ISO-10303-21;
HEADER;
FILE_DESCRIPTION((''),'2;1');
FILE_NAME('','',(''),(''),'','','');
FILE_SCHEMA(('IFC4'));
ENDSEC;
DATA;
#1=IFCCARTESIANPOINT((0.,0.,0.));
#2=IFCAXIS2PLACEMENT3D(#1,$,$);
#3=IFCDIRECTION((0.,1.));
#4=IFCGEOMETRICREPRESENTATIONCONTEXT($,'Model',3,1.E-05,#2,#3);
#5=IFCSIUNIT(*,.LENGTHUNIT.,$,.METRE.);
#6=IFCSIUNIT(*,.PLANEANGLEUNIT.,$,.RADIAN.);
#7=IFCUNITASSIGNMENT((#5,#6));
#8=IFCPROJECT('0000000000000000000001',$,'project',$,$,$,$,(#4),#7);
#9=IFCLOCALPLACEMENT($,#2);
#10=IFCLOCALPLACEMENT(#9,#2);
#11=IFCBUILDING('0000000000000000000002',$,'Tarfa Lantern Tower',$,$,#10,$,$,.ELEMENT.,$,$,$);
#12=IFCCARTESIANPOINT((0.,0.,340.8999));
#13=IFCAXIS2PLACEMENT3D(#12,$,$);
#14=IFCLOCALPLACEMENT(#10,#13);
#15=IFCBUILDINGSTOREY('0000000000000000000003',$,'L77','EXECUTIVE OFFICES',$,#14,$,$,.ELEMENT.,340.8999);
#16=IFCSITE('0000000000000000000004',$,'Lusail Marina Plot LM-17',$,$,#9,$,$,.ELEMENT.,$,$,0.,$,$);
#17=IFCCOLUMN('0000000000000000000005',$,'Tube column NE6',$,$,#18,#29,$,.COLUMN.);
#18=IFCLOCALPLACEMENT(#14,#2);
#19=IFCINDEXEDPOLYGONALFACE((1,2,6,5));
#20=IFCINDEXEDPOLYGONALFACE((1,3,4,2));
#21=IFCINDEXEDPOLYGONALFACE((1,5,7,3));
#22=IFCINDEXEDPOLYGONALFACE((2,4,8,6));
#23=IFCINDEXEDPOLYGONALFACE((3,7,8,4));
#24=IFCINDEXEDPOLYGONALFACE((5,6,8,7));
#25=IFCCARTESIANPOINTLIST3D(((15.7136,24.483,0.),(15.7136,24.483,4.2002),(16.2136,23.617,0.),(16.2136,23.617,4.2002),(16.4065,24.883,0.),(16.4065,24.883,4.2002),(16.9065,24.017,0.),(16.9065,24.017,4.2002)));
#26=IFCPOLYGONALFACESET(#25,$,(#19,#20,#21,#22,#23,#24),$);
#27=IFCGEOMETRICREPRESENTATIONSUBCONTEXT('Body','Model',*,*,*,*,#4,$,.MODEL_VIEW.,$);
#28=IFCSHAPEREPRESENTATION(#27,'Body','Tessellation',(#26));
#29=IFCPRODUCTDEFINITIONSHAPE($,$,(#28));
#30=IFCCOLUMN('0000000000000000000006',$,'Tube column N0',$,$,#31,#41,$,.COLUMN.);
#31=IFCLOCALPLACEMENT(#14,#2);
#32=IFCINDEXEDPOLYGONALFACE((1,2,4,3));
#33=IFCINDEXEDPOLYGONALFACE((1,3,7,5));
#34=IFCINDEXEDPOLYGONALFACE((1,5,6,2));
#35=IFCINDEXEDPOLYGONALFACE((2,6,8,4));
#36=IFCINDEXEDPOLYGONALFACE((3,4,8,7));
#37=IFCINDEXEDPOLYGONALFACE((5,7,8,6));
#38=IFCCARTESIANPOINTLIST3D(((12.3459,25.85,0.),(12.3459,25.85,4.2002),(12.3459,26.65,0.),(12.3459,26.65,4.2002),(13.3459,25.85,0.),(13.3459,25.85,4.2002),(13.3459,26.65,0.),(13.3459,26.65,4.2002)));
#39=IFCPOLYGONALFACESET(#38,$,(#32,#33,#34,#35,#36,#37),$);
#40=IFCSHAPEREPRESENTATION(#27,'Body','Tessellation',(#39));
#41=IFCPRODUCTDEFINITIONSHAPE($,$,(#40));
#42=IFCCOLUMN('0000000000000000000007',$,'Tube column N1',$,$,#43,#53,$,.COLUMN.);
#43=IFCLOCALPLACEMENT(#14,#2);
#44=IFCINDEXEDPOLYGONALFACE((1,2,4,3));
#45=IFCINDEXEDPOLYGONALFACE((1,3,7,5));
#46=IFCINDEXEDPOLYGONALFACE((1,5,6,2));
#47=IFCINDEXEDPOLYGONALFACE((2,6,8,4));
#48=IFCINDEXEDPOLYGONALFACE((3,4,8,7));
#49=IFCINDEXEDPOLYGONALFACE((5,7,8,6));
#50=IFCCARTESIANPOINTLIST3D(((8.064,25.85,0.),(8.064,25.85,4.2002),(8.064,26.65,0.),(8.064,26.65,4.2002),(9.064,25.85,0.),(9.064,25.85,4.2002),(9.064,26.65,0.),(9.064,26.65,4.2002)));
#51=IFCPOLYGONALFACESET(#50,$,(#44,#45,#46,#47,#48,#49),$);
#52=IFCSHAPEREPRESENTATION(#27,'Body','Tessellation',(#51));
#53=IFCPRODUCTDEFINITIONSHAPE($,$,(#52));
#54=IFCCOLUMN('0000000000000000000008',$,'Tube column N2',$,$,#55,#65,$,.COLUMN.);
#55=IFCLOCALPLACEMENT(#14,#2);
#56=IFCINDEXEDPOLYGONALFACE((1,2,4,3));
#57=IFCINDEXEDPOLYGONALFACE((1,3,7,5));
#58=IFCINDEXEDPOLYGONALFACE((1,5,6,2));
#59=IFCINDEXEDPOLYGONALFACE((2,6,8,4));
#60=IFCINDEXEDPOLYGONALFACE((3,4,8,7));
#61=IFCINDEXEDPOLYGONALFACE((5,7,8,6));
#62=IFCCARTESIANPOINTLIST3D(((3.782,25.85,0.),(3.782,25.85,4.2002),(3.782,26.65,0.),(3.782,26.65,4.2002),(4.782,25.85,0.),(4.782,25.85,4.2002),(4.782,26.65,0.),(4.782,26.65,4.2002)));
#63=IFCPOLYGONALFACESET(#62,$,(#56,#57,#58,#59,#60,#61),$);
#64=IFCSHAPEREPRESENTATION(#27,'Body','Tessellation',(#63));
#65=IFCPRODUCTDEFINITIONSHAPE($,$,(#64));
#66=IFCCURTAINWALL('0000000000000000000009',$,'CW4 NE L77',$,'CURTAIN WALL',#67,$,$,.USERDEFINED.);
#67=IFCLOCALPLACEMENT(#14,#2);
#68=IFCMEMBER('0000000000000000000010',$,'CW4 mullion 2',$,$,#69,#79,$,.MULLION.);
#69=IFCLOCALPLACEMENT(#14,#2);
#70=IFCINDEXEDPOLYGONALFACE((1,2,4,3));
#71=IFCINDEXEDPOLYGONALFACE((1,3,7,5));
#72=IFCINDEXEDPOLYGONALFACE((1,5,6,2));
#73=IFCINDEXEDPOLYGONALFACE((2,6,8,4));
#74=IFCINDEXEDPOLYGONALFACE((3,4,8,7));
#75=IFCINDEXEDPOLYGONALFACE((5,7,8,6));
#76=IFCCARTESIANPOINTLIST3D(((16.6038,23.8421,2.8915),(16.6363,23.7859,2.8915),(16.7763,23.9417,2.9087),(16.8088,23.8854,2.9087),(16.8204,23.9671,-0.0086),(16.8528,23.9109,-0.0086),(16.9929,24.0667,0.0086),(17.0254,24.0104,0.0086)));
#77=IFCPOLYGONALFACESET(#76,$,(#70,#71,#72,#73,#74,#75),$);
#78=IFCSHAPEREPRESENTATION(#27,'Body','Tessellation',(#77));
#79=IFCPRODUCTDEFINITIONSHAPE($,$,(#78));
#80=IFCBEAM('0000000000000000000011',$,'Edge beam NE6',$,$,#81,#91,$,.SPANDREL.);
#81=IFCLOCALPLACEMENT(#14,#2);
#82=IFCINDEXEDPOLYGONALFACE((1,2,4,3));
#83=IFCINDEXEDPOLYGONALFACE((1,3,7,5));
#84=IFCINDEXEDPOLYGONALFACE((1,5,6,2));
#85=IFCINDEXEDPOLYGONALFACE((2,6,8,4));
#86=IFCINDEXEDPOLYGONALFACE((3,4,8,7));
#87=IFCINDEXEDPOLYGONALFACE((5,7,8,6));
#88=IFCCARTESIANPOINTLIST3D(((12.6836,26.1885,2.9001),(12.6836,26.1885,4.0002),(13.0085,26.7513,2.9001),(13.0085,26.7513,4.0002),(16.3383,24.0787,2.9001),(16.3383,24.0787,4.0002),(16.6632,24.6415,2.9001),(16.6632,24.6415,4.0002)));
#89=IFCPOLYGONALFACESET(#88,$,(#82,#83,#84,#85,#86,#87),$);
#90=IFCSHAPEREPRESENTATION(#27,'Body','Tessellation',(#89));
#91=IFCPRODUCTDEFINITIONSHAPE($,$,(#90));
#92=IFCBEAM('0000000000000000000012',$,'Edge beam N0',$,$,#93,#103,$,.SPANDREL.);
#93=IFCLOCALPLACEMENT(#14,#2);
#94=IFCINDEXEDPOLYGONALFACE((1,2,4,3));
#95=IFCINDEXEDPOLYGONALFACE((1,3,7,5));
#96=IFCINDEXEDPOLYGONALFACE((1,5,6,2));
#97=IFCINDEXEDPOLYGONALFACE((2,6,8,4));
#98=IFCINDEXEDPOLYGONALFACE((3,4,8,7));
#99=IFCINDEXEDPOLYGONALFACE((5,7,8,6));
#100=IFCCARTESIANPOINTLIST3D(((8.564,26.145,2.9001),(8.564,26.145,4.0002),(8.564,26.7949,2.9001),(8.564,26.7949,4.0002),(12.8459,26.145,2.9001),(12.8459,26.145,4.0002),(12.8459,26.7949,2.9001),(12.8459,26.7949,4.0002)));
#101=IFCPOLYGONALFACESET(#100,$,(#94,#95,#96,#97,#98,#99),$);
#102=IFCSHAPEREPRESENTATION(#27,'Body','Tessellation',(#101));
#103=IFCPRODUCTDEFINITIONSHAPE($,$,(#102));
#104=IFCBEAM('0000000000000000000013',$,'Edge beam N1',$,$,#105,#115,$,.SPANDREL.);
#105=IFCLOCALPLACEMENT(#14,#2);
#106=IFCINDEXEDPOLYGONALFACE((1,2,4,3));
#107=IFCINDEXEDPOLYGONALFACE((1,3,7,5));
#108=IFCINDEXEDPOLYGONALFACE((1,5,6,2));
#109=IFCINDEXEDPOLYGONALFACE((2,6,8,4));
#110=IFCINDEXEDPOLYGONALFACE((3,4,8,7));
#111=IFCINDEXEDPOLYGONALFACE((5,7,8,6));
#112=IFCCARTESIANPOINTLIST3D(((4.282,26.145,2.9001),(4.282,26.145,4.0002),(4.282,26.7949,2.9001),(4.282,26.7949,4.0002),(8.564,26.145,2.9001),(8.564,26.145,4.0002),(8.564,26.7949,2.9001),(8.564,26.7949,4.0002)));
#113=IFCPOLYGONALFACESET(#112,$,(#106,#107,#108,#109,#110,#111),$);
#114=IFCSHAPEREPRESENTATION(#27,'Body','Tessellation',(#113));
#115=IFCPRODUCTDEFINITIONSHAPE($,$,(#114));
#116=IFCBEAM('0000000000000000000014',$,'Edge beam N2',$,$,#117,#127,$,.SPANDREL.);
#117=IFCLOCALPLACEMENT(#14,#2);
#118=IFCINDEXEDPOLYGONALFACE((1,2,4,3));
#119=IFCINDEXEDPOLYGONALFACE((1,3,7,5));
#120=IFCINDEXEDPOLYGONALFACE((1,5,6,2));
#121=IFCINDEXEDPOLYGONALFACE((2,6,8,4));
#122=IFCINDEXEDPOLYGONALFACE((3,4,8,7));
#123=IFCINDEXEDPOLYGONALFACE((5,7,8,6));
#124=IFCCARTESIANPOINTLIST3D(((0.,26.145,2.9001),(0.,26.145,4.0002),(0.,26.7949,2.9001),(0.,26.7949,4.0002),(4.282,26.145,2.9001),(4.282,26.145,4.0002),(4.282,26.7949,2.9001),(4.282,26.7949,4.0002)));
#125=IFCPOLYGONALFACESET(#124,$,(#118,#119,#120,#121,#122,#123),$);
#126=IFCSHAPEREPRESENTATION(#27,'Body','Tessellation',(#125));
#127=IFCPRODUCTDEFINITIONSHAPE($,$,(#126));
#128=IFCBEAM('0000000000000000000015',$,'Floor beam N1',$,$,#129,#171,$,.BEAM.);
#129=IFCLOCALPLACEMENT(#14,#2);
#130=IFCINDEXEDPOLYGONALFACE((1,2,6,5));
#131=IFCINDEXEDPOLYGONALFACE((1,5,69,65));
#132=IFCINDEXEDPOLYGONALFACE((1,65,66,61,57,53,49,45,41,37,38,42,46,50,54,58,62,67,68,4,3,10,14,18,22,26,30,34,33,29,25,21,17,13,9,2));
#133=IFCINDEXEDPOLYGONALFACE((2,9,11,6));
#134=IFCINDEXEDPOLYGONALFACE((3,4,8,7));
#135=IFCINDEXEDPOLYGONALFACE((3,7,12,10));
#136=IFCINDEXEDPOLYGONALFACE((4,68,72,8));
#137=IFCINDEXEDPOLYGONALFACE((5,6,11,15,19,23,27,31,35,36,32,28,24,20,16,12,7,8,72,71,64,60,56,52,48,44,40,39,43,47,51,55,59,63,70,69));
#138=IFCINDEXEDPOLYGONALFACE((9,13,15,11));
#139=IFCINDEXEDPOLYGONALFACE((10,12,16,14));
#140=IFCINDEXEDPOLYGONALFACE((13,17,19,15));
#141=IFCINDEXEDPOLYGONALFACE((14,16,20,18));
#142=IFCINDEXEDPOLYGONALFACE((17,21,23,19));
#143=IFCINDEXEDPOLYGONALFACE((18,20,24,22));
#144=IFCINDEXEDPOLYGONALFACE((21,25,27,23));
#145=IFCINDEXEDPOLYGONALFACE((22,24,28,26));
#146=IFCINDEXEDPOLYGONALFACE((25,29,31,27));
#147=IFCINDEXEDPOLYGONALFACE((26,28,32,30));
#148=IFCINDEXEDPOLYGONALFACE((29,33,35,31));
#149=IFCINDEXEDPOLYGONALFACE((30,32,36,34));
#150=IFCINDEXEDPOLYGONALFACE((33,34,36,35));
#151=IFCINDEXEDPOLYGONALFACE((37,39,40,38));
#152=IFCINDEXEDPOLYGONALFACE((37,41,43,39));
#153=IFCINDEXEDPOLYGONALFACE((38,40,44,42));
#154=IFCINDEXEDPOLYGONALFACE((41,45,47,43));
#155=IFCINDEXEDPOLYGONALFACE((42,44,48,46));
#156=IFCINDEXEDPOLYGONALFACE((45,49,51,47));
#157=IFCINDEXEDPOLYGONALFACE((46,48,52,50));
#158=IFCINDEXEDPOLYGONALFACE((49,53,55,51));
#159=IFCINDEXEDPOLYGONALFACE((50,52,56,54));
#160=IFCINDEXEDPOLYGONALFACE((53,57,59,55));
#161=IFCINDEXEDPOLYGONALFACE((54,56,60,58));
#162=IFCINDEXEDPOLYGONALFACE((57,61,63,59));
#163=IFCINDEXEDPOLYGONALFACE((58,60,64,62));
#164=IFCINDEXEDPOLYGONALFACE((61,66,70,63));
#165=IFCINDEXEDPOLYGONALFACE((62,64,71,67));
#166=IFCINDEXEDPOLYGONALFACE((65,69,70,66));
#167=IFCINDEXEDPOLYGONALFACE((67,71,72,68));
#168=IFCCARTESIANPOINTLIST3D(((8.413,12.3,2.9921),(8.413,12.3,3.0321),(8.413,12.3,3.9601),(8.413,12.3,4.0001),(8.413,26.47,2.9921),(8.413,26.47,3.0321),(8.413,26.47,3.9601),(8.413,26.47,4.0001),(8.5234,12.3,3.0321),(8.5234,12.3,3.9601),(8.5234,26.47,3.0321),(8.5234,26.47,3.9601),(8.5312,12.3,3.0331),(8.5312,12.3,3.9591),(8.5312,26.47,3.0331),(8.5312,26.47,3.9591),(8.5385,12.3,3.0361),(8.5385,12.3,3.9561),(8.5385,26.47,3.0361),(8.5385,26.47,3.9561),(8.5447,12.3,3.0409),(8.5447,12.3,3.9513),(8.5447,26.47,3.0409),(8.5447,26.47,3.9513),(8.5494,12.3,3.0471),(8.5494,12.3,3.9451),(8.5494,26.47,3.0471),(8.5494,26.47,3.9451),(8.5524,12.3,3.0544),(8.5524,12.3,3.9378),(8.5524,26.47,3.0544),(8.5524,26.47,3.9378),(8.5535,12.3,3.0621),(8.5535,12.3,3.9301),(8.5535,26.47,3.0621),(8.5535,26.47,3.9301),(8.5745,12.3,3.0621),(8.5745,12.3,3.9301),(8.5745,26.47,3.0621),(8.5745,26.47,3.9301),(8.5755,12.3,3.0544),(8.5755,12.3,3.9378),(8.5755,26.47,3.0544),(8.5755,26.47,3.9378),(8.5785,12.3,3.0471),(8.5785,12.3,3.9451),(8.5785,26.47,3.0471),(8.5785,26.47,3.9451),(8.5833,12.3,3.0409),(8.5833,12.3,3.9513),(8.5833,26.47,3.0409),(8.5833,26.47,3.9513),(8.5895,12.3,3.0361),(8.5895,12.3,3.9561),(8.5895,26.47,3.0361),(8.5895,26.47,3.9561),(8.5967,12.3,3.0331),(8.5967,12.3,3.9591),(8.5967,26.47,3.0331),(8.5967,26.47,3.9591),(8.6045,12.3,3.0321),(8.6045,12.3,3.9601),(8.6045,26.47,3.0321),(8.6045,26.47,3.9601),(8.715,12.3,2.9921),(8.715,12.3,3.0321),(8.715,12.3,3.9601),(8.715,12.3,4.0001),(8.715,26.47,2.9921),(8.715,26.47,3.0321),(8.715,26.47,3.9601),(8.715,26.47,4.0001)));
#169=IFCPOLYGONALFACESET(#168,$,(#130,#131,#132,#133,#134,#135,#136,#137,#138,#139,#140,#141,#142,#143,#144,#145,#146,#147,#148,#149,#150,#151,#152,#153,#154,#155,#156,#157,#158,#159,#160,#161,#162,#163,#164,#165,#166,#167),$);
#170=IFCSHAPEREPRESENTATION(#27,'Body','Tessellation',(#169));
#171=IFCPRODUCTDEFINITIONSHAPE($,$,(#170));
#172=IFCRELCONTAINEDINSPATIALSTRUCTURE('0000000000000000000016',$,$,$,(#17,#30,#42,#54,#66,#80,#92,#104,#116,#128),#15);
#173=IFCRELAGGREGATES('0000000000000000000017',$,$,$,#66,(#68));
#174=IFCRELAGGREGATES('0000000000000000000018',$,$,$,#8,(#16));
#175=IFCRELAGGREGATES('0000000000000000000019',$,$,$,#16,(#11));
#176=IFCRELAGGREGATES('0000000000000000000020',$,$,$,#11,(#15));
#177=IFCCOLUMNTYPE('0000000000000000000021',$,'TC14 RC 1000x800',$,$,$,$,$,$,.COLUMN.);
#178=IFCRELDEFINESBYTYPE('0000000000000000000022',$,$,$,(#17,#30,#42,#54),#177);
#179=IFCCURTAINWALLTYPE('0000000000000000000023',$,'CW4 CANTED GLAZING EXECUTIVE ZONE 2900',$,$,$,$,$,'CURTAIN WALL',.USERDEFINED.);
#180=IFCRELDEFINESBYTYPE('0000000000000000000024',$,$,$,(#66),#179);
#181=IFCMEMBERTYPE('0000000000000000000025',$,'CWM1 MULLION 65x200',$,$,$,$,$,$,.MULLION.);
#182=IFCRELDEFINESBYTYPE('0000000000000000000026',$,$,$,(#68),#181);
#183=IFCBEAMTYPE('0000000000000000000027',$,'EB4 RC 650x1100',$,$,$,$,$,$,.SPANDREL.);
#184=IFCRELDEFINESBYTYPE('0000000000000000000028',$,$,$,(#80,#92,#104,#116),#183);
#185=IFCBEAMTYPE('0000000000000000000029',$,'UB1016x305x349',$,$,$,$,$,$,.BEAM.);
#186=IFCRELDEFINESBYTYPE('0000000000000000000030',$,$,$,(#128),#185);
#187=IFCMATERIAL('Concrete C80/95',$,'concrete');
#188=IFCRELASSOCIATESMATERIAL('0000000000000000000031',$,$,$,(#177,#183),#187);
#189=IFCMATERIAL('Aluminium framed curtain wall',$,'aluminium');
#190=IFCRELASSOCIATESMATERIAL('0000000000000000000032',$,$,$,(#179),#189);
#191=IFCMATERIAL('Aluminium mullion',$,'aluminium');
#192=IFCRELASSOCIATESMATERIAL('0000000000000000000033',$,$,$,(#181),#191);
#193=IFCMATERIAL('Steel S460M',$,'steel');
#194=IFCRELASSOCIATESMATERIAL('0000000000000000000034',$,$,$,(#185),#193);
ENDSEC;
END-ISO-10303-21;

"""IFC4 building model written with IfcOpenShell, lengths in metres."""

from ifc_helpers import new_model, si_unit, direction, frame, origin, origin_2d, place, context, subcontext, project, spatial, rectangle, i_section, extrude, material, material_profile, profile_set, type_object, element, aggregate, save


model = new_model("IFC4")

# Units and contexts
model_context = context("Model", 3, precision=1e-05, world=origin(), true_north=direction((0.0, 1.0)))
body_context = subcontext(model_context, "Body", "Model", "MODEL_VIEW")
ifc_project = project(units=[si_unit("LENGTHUNIT", "METRE"), si_unit("PLANEANGLEUNIT", "RADIAN")], contexts=[model_context])

# Site, building, storey
site_placement = place(None, origin())
site = spatial("IfcSite", under=ifc_project, at=site_placement, Name="Lusail Marina Plot LM-17", CompositionType="ELEMENT", RefElevation=0.0)
building_placement = place(site_placement, origin())
building = spatial("IfcBuilding", under=site, at=building_placement, Name="Tarfa Lantern Tower", CompositionType="ELEMENT")
storey_placement = place(building_placement, frame((0.0, 0.0, 340.8999)))
storey = spatial("IfcBuildingStorey", under=building, at=storey_placement, Name="L77", Description="EXECUTIVE OFFICES", CompositionType="ELEMENT", Elevation=340.8999)

# Columns
ifc_material_1 = material(Name="Concrete C80/95", Category="concrete")
ifc_material_profile_1 = material_profile(ifc_material_1, rectangle(XDim=1.0, YDim=0.8, at=origin_2d()), Name="RC 1000x800")
ifc_profile_set_1 = profile_set([ifc_material_profile_1], Name="Concrete C80/95")
column_type = type_object("IfcColumnType", Name="TC14 RC 1000x800", PredefinedType="COLUMN", material=ifc_profile_set_1)
for number, where, z_axis, x_axis, name in (
    (1, (16.3101, 24.25, 0.0), (0.0, 0.0, 1.0), (-0.5, 0.866025, 0.0), "Tube column NE6"),
    (2, (12.8459, 26.25, 0.0), (0.0, 0.0, 1.0), (-1.0, 0.0, 0.0), "Tube column N0"),
    (3, (8.564, 26.25, 0.0), (0.0, 0.0, 1.0), (-1.0, 0.0, 0.0), "Tube column N1"),
    (4, (4.282, 26.25, 0.0), (0.0, 0.0, 1.0), (-1.0, 0.0, 0.0), "Tube column N2"),
):
    element("IfcColumn", number, at=place(storey_placement, frame(where, z_axis=z_axis, x_axis=x_axis)), inside=storey, type_object=column_type, Name=name, PredefinedType="COLUMN", context=body_context, shape_type="SweptSolid", body=[
        extrude(rectangle(XDim=1.0, YDim=0.8, at=origin_2d()), origin(), (0.0, 0.0, 1.0), 4.2002),
    ])

# Curtain wall, member
ifc_material_2 = material(Name="Aluminium framed curtain wall", Category="aluminium")
curtain_wall_type = type_object("IfcCurtainWallType", Name="CW4 CANTED GLAZING EXECUTIVE ZONE 2900", ElementType="CURTAIN WALL", PredefinedType="USERDEFINED", material=ifc_material_2)
curtain_wall_placement = place(storey_placement, origin())
curtain_wall = element("IfcCurtainWall", 5, at=curtain_wall_placement, inside=storey, type_object=curtain_wall_type, Name="CW4 NE L77", ObjectType="CURTAIN WALL", PredefinedType="USERDEFINED")
ifc_material_3 = material(Name="Aluminium mullion", Category="aluminium")
ifc_material_profile_2 = material_profile(ifc_material_3, rectangle(XDim=0.0649, YDim=0.2, at=origin_2d()), Name="AL MULLION 65x200")
ifc_profile_set_2 = profile_set([ifc_material_profile_2], Name="Aluminium mullion")
member_type = type_object("IfcMemberType", Name="CWM1 MULLION 65x200", PredefinedType="MULLION", material=ifc_profile_set_2)
member_placement = place(storey_placement, frame((16.9229, 23.9888, 0.0), z_axis=(-0.074394, -0.042942, 0.996304), x_axis=(0.49992, -0.866072, 0.0)))
member = element("IfcMember", 6, at=member_placement, type_object=member_type, Name="CW4 mullion 2", PredefinedType="MULLION", context=body_context, shape_type="SweptSolid", body=[
    extrude(rectangle(XDim=0.0649, YDim=0.2, at=origin_2d()), origin(), (0.0, 0.0, 1.0), 2.9109),
])

# Beams
ifc_material_profile_3 = material_profile(ifc_material_1, rectangle(XDim=0.6499, YDim=1.1001, at=origin_2d()), Name="RC 650x1100")
ifc_profile_set_3 = profile_set([ifc_material_profile_3], Name="Concrete C80/95")
beam_type_1 = type_object("IfcBeamType", Name="EB4 RC 650x1100", PredefinedType="SPANDREL", material=ifc_profile_set_3)
beam_1_placement = place(storey_placement, frame((16.5007, 24.3601, 3.4502), z_axis=(-0.866049, 0.499959, 0.0), x_axis=(-0.499959, -0.866049, 0.0)))
element("IfcBeam", 7, at=beam_1_placement, inside=storey, type_object=beam_type_1, Name="Edge beam NE6", PredefinedType="SPANDREL", context=body_context, shape_type="SweptSolid", body=[
    extrude(rectangle(XDim=0.6499, YDim=1.1001, at=origin_2d()), origin(), (0.0, 0.0, 1.0), 4.22),
])
for number, where, z_axis, x_axis, name in (
    (8, (12.8459, 26.47, 3.4502), (-1.0, 0.0, 0.0), (0.0, -1.0, 0.0), "Edge beam N0"),
    (9, (8.564, 26.47, 3.4502), (-1.0, 0.0, 0.0), (0.0, -1.0, 0.0), "Edge beam N1"),
    (10, (4.282, 26.47, 3.4502), (-1.0, 0.0, 0.0), (0.0, -1.0, 0.0), "Edge beam N2"),
):
    element("IfcBeam", number, at=place(storey_placement, frame(where, z_axis=z_axis, x_axis=x_axis)), inside=storey, type_object=beam_type_1, Name=name, PredefinedType="SPANDREL", context=body_context, shape_type="SweptSolid", body=[
        extrude(rectangle(XDim=0.6499, YDim=1.1001, at=origin_2d()), origin(), (0.0, 0.0, 1.0), 4.282),
    ])
ifc_material_4 = material(Name="Steel S460M", Category="steel")
ifc_material_profile_4 = material_profile(ifc_material_4, i_section(OverallWidth=0.302, OverallDepth=1.0081, WebThickness=0.021, FlangeThickness=0.04, FilletRadius=0.03, at=origin_2d()), Name="UB1016x305x349")
ifc_profile_set_4 = profile_set([ifc_material_profile_4], Name="Steel S460M")
beam_type_2 = type_object("IfcBeamType", Name="UB1016x305x349", PredefinedType="BEAM", material=ifc_profile_set_4)
for number, where, z_axis, x_axis, name in (
    (11, (8.564, 26.47, 3.4961), (0.0, -1.0, 0.0), (1.0, 0.0, 0.0), "Floor beam N1"),
):
    element("IfcBeam", number, at=place(storey_placement, frame(where, z_axis=z_axis, x_axis=x_axis)), inside=storey, type_object=beam_type_2, Name=name, PredefinedType="BEAM", context=body_context, shape_type="SweptSolid", body=[
        extrude(i_section(OverallWidth=0.302, OverallDepth=1.0081, WebThickness=0.021, FlangeThickness=0.04, FilletRadius=0.03, at=origin_2d()), origin(), (0.0, 0.0, 1.0), 14.1699),
    ])

aggregate(curtain_wall, [member])

save(model, "model.ifc")
